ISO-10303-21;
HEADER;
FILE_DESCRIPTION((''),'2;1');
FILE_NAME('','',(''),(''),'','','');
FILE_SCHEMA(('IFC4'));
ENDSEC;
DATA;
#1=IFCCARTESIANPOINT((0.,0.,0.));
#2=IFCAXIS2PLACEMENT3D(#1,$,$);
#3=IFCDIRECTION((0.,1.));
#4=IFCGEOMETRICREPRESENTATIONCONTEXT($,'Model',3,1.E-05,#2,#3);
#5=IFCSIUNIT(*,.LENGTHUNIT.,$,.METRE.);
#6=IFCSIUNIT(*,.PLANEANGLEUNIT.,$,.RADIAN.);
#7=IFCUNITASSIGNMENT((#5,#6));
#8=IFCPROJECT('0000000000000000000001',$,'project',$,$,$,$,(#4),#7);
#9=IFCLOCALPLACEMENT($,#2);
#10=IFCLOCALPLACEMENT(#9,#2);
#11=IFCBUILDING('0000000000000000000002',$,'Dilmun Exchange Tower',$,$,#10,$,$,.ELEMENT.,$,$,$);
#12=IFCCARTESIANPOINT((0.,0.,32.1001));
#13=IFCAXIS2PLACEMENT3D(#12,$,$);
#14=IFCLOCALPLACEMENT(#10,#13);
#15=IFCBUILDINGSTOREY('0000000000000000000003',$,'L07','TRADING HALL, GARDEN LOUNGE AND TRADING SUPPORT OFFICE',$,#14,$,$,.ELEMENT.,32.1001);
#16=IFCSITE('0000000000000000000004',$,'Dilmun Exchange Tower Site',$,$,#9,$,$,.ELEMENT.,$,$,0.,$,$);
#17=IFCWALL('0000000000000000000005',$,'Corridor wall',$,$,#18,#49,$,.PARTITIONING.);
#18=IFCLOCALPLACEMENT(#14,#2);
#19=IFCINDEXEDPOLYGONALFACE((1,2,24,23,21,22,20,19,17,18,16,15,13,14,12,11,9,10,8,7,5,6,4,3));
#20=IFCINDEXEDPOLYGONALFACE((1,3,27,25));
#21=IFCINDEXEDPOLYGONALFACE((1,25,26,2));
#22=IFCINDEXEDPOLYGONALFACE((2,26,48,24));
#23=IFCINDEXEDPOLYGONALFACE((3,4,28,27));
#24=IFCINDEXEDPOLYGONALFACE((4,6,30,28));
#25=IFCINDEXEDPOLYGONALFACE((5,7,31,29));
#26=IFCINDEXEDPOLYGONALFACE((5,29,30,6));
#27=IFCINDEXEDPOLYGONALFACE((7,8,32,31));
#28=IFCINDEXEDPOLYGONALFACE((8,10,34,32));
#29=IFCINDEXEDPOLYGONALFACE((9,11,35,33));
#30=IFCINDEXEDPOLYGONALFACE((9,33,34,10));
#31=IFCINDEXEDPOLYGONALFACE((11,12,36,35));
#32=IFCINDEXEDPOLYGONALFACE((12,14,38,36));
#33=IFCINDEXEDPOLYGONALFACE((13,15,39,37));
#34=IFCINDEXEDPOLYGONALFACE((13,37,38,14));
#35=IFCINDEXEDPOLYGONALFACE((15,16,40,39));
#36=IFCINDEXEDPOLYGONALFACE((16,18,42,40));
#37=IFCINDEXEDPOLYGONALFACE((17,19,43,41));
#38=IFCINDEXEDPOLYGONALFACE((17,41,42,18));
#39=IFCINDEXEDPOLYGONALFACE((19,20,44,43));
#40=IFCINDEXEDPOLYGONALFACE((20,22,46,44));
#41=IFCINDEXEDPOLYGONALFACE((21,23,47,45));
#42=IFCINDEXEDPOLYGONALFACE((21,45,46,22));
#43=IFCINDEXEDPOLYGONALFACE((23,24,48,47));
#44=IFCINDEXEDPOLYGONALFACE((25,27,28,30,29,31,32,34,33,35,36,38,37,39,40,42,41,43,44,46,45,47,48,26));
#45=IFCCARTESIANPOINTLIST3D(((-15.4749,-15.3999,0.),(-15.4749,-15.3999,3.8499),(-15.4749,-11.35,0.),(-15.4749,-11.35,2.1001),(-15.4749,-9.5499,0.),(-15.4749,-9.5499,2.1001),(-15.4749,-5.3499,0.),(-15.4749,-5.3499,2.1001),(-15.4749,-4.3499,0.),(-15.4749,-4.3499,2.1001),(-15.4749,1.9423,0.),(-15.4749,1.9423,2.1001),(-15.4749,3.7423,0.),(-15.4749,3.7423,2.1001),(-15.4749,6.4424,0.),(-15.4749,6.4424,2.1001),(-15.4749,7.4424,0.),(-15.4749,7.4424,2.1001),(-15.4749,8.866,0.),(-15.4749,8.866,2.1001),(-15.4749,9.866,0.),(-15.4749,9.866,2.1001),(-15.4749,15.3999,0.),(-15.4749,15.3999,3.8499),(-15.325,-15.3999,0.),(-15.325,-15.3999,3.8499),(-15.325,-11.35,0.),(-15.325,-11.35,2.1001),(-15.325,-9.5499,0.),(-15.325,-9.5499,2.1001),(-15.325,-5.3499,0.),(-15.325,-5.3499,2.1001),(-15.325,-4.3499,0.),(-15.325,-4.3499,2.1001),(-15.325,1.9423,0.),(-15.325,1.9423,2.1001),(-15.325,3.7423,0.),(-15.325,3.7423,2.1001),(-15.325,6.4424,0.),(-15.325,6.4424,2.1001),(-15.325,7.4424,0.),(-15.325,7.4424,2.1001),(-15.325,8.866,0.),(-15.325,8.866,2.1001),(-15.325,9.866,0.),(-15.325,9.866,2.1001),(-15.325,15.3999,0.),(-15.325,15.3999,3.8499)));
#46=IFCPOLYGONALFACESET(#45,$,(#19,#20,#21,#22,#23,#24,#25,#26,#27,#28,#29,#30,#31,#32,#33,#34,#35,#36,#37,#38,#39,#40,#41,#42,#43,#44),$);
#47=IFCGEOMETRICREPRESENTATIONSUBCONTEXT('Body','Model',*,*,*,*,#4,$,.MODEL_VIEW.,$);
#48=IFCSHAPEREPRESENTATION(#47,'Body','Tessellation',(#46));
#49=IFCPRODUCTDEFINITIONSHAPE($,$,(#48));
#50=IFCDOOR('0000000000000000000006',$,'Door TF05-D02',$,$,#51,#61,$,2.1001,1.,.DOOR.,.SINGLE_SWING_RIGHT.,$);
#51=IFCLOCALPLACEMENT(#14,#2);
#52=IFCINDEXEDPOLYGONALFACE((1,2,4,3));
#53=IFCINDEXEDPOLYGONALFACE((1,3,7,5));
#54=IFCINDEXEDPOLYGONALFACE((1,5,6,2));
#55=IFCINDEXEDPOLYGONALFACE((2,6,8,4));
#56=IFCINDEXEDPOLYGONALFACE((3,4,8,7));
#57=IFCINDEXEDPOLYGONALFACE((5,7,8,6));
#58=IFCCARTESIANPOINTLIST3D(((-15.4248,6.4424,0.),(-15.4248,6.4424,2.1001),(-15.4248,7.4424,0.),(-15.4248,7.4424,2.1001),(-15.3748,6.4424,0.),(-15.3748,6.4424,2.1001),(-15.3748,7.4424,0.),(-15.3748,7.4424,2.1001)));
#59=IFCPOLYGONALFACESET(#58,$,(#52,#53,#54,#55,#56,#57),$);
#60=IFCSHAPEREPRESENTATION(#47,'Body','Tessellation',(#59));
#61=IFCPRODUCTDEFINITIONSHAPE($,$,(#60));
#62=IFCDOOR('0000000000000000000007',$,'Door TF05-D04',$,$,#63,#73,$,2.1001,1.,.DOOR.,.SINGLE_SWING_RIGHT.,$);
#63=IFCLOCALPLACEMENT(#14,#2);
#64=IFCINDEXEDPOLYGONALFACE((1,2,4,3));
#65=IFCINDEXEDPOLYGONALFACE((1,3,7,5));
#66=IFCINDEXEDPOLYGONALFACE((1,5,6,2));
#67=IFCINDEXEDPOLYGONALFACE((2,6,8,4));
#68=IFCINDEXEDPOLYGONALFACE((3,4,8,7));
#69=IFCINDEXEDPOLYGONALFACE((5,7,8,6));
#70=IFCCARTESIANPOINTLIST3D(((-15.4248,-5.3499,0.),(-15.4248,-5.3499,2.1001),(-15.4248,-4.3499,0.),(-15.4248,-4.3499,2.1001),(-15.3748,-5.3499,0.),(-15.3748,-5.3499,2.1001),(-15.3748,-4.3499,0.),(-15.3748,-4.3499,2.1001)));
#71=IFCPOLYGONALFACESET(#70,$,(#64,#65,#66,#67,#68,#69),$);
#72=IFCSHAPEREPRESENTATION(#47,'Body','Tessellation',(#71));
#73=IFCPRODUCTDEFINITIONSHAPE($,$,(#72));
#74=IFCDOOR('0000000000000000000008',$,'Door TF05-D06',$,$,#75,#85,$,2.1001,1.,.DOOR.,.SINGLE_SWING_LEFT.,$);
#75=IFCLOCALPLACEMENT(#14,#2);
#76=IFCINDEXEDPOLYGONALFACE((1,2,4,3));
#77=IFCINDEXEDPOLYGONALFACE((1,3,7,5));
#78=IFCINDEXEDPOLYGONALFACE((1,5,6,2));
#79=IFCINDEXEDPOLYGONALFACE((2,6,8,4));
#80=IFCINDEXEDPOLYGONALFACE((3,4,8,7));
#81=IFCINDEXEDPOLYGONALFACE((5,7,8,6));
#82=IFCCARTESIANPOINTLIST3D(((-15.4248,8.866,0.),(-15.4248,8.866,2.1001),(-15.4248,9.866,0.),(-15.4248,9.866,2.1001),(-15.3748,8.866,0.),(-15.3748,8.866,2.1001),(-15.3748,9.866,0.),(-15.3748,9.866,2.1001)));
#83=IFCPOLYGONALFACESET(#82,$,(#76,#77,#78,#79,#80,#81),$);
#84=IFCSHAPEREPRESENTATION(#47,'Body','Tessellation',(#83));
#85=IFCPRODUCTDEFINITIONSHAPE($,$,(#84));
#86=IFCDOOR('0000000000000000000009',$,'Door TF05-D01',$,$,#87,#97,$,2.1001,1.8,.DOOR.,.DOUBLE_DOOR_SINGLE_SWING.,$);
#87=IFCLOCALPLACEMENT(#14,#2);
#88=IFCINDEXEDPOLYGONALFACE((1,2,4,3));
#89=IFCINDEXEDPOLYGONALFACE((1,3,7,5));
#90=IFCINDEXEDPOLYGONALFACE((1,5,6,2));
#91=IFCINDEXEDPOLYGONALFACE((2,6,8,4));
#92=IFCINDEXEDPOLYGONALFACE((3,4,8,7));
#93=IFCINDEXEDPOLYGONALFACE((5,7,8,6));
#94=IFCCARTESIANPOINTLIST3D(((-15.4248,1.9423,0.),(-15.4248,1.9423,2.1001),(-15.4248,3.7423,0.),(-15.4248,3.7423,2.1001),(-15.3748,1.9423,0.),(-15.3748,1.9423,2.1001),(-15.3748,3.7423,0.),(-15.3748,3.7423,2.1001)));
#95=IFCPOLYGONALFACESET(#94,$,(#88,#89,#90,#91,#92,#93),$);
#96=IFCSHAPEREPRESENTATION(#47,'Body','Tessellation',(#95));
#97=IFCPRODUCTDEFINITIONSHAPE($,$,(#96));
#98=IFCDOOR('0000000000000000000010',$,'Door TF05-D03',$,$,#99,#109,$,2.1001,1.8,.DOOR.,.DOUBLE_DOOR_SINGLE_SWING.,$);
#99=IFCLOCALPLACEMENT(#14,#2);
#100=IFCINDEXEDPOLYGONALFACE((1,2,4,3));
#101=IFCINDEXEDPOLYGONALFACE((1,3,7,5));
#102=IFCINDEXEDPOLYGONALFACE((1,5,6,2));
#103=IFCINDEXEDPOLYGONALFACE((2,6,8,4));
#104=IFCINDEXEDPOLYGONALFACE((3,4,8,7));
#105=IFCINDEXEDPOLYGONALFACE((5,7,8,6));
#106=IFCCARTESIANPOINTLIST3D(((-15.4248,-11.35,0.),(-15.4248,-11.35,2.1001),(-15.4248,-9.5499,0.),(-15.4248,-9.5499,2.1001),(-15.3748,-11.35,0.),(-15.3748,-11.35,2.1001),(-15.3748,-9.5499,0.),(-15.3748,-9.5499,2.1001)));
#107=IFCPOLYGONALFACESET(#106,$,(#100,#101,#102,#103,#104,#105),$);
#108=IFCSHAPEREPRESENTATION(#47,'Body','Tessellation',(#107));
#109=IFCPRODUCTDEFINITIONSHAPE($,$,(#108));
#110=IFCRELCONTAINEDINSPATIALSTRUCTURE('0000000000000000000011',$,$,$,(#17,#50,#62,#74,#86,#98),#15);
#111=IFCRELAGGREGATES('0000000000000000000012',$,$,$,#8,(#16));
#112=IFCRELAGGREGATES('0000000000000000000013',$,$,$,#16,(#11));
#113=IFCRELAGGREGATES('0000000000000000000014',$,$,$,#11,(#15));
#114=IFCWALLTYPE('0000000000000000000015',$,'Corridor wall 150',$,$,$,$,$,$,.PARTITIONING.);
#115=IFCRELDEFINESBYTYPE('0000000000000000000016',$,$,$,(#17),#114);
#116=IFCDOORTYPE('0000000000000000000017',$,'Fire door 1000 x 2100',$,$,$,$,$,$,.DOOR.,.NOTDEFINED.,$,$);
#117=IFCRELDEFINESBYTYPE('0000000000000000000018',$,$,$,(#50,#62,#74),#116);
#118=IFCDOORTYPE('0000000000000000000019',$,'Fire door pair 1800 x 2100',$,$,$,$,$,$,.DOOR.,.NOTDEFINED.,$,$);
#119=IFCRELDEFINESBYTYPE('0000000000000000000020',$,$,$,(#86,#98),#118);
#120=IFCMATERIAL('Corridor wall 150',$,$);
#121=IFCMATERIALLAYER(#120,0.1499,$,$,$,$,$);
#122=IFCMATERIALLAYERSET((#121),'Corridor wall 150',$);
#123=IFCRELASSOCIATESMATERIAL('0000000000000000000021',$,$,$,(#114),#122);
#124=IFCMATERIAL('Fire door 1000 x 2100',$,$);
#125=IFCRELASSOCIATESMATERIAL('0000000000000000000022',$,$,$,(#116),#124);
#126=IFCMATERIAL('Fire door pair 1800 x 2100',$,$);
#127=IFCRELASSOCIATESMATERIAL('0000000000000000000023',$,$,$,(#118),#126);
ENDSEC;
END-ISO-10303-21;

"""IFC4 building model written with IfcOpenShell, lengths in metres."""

from ifc_helpers import new_model, si_unit, direction, frame, frame_2d, origin, place, context, subcontext, project, spatial, rectangle, extrude, material, layer, layer_set, type_object, element, fill, save


model = new_model("IFC4")

# Units and contexts
model_context = context("Model", 3, precision=1e-05, world=origin(), true_north=direction((0.0, 1.0)))
body_context = subcontext(model_context, "Body", "Model", "MODEL_VIEW")
ifc_project = project(units=[si_unit("LENGTHUNIT", "METRE"), si_unit("PLANEANGLEUNIT", "RADIAN")], contexts=[model_context])

# Site, building, storey
site_placement = place(None, origin())
site = spatial("IfcSite", under=ifc_project, at=site_placement, Name="Dilmun Exchange Tower Site", CompositionType="ELEMENT", RefElevation=0.0)
building_placement = place(site_placement, origin())
building = spatial("IfcBuilding", under=site, at=building_placement, Name="Dilmun Exchange Tower", CompositionType="ELEMENT")
storey_placement = place(building_placement, frame((0.0, 0.0, 32.1001)))
storey = spatial("IfcBuildingStorey", under=building, at=storey_placement, Name="L07", Description="TRADING HALL, GARDEN LOUNGE AND TRADING SUPPORT OFFICE", CompositionType="ELEMENT", Elevation=32.1001)

# Wall, openings, doors
ifc_material_1 = material(Name="Corridor wall 150")
ifc_layer_1 = layer(ifc_material_1, 0.1499)
ifc_layer_set_1 = layer_set([ifc_layer_1], Name="Corridor wall 150")
wall_type_1 = type_object("IfcWallType", Name="Corridor wall 150", PredefinedType="PARTITIONING", material=ifc_layer_set_1)
wall_1_placement = place(storey_placement, frame((-15.3999, -15.3999, 0.0), z_axis=(0.0, 0.0, 1.0), x_axis=(0.0, 1.0, 0.0)))
wall_1 = element("IfcWall", 1, at=wall_1_placement, inside=storey, type_object=wall_type_1, Name="Corridor wall", PredefinedType="PARTITIONING", context=body_context, shape_type="SweptSolid", body=[
    extrude(rectangle(XDim=30.7998, YDim=0.1499, at=frame_2d((15.3999, 0.0))), origin(), (0.0, 0.0, 1.0), 3.8499),
])
opening_1_placement = place(wall_1_placement, frame((17.3423, 0.0, 0.0)))
opening_1 = element("IfcOpeningElement", 2, at=opening_1_placement, cuts=wall_1, PredefinedType="OPENING", context=body_context, shape_type="SweptSolid", body=[
    extrude(rectangle(XDim=1.8, YDim=2.1001, at=frame_2d((0.8999, 1.05))), frame((0.0, 0.085, 0.0), z_axis=(0.0, -1.0, 0.0), x_axis=(1.0, 0.0, 0.0)), (0.0, 0.0, 1.0), 0.1699),
])
opening_2_placement = place(wall_1_placement, frame((21.8423, 0.0, 0.0)))
opening_2 = element("IfcOpeningElement", 3, at=opening_2_placement, cuts=wall_1, PredefinedType="OPENING", context=body_context, shape_type="SweptSolid", body=[
    extrude(rectangle(XDim=1.0, YDim=2.1001, at=frame_2d((0.5, 1.05))), frame((0.0, 0.085, 0.0), z_axis=(0.0, -1.0, 0.0), x_axis=(1.0, 0.0, 0.0)), (0.0, 0.0, 1.0), 0.1699),
])
opening_3_placement = place(wall_1_placement, frame((4.05, 0.0, 0.0)))
opening_3 = element("IfcOpeningElement", 4, at=opening_3_placement, cuts=wall_1, PredefinedType="OPENING", context=body_context, shape_type="SweptSolid", body=[
    extrude(rectangle(XDim=1.8, YDim=2.1001, at=frame_2d((0.8999, 1.05))), frame((0.0, 0.085, 0.0), z_axis=(0.0, -1.0, 0.0), x_axis=(1.0, 0.0, 0.0)), (0.0, 0.0, 1.0), 0.1699),
])
opening_4_placement = place(wall_1_placement, frame((10.05, 0.0, 0.0)))
opening_4 = element("IfcOpeningElement", 5, at=opening_4_placement, cuts=wall_1, PredefinedType="OPENING", context=body_context, shape_type="SweptSolid", body=[
    extrude(rectangle(XDim=1.0, YDim=2.1001, at=frame_2d((0.5, 1.05))), frame((0.0, 0.085, 0.0), z_axis=(0.0, -1.0, 0.0), x_axis=(1.0, 0.0, 0.0)), (0.0, 0.0, 1.0), 0.1699),
])
opening_5_placement = place(wall_1_placement, frame((24.2659, 0.0, 0.0)))
opening_5 = element("IfcOpeningElement", 6, at=opening_5_placement, cuts=wall_1, PredefinedType="OPENING", context=body_context, shape_type="SweptSolid", body=[
    extrude(rectangle(XDim=1.0, YDim=2.1001, at=frame_2d((0.5, 1.05))), frame((0.0, 0.085, 0.0), z_axis=(0.0, -1.0, 0.0), x_axis=(1.0, 0.0, 0.0)), (0.0, 0.0, 1.0), 0.1699),
])
ifc_material_2 = material(Name="Fire door 1000 x 2100")
door_type_1 = type_object("IfcDoorType", Name="Fire door 1000 x 2100", OperationType="NOTDEFINED", PredefinedType="DOOR", material=ifc_material_2)
door_1_placement = place(opening_2_placement, origin())
door_1 = element("IfcDoor", 7, at=door_1_placement, inside=storey, type_object=door_type_1, Name="Door TF05-D02", OperationType="SINGLE_SWING_RIGHT", OverallHeight=2.1001, OverallWidth=1.0, PredefinedType="DOOR", context=body_context, shape_type="SweptSolid", body=[
    extrude(rectangle(XDim=1.0, YDim=2.1001, at=frame_2d((0.5, 1.05))), frame((0.0, 0.0249, 0.0), z_axis=(0.0, -1.0, 0.0), x_axis=(1.0, 0.0, 0.0)), (0.0, 0.0, 1.0), 0.05),
])
fill(opening_2, door_1)
door_2_placement = place(opening_4_placement, origin())
door_2 = element("IfcDoor", 8, at=door_2_placement, inside=storey, type_object=door_type_1, Name="Door TF05-D04", OperationType="SINGLE_SWING_RIGHT", OverallHeight=2.1001, OverallWidth=1.0, PredefinedType="DOOR", context=body_context, shape_type="SweptSolid", body=[
    extrude(rectangle(XDim=1.0, YDim=2.1001, at=frame_2d((0.5, 1.05))), frame((0.0, 0.0249, 0.0), z_axis=(0.0, -1.0, 0.0), x_axis=(1.0, 0.0, 0.0)), (0.0, 0.0, 1.0), 0.05),
])
fill(opening_4, door_2)
door_3_placement = place(opening_5_placement, origin())
door_3 = element("IfcDoor", 9, at=door_3_placement, inside=storey, type_object=door_type_1, Name="Door TF05-D06", OperationType="SINGLE_SWING_LEFT", OverallHeight=2.1001, OverallWidth=1.0, PredefinedType="DOOR", context=body_context, shape_type="SweptSolid", body=[
    extrude(rectangle(XDim=1.0, YDim=2.1001, at=frame_2d((0.5, 1.05))), frame((0.0, 0.0249, 0.0), z_axis=(0.0, -1.0, 0.0), x_axis=(1.0, 0.0, 0.0)), (0.0, 0.0, 1.0), 0.05),
])
fill(opening_5, door_3)
ifc_material_3 = material(Name="Fire door pair 1800 x 2100")
door_type_2 = type_object("IfcDoorType", Name="Fire door pair 1800 x 2100", OperationType="NOTDEFINED", PredefinedType="DOOR", material=ifc_material_3)
door_4_placement = place(opening_1_placement, origin())
door_4 = element("IfcDoor", 10, at=door_4_placement, inside=storey, type_object=door_type_2, Name="Door TF05-D01", OperationType="DOUBLE_DOOR_SINGLE_SWING", OverallHeight=2.1001, OverallWidth=1.8, PredefinedType="DOOR", context=body_context, shape_type="SweptSolid", body=[
    extrude(rectangle(XDim=1.8, YDim=2.1001, at=frame_2d((0.8999, 1.05))), frame((0.0, 0.0249, 0.0), z_axis=(0.0, -1.0, 0.0), x_axis=(1.0, 0.0, 0.0)), (0.0, 0.0, 1.0), 0.05),
])
fill(opening_1, door_4)
door_5_placement = place(opening_3_placement, origin())
door_5 = element("IfcDoor", 11, at=door_5_placement, inside=storey, type_object=door_type_2, Name="Door TF05-D03", OperationType="DOUBLE_DOOR_SINGLE_SWING", OverallHeight=2.1001, OverallWidth=1.8, PredefinedType="DOOR", context=body_context, shape_type="SweptSolid", body=[
    extrude(rectangle(XDim=1.8, YDim=2.1001, at=frame_2d((0.8999, 1.05))), frame((0.0, 0.0249, 0.0), z_axis=(0.0, -1.0, 0.0), x_axis=(1.0, 0.0, 0.0)), (0.0, 0.0, 1.0), 0.05),
])
fill(opening_3, door_5)

save(model, "model.ifc")
